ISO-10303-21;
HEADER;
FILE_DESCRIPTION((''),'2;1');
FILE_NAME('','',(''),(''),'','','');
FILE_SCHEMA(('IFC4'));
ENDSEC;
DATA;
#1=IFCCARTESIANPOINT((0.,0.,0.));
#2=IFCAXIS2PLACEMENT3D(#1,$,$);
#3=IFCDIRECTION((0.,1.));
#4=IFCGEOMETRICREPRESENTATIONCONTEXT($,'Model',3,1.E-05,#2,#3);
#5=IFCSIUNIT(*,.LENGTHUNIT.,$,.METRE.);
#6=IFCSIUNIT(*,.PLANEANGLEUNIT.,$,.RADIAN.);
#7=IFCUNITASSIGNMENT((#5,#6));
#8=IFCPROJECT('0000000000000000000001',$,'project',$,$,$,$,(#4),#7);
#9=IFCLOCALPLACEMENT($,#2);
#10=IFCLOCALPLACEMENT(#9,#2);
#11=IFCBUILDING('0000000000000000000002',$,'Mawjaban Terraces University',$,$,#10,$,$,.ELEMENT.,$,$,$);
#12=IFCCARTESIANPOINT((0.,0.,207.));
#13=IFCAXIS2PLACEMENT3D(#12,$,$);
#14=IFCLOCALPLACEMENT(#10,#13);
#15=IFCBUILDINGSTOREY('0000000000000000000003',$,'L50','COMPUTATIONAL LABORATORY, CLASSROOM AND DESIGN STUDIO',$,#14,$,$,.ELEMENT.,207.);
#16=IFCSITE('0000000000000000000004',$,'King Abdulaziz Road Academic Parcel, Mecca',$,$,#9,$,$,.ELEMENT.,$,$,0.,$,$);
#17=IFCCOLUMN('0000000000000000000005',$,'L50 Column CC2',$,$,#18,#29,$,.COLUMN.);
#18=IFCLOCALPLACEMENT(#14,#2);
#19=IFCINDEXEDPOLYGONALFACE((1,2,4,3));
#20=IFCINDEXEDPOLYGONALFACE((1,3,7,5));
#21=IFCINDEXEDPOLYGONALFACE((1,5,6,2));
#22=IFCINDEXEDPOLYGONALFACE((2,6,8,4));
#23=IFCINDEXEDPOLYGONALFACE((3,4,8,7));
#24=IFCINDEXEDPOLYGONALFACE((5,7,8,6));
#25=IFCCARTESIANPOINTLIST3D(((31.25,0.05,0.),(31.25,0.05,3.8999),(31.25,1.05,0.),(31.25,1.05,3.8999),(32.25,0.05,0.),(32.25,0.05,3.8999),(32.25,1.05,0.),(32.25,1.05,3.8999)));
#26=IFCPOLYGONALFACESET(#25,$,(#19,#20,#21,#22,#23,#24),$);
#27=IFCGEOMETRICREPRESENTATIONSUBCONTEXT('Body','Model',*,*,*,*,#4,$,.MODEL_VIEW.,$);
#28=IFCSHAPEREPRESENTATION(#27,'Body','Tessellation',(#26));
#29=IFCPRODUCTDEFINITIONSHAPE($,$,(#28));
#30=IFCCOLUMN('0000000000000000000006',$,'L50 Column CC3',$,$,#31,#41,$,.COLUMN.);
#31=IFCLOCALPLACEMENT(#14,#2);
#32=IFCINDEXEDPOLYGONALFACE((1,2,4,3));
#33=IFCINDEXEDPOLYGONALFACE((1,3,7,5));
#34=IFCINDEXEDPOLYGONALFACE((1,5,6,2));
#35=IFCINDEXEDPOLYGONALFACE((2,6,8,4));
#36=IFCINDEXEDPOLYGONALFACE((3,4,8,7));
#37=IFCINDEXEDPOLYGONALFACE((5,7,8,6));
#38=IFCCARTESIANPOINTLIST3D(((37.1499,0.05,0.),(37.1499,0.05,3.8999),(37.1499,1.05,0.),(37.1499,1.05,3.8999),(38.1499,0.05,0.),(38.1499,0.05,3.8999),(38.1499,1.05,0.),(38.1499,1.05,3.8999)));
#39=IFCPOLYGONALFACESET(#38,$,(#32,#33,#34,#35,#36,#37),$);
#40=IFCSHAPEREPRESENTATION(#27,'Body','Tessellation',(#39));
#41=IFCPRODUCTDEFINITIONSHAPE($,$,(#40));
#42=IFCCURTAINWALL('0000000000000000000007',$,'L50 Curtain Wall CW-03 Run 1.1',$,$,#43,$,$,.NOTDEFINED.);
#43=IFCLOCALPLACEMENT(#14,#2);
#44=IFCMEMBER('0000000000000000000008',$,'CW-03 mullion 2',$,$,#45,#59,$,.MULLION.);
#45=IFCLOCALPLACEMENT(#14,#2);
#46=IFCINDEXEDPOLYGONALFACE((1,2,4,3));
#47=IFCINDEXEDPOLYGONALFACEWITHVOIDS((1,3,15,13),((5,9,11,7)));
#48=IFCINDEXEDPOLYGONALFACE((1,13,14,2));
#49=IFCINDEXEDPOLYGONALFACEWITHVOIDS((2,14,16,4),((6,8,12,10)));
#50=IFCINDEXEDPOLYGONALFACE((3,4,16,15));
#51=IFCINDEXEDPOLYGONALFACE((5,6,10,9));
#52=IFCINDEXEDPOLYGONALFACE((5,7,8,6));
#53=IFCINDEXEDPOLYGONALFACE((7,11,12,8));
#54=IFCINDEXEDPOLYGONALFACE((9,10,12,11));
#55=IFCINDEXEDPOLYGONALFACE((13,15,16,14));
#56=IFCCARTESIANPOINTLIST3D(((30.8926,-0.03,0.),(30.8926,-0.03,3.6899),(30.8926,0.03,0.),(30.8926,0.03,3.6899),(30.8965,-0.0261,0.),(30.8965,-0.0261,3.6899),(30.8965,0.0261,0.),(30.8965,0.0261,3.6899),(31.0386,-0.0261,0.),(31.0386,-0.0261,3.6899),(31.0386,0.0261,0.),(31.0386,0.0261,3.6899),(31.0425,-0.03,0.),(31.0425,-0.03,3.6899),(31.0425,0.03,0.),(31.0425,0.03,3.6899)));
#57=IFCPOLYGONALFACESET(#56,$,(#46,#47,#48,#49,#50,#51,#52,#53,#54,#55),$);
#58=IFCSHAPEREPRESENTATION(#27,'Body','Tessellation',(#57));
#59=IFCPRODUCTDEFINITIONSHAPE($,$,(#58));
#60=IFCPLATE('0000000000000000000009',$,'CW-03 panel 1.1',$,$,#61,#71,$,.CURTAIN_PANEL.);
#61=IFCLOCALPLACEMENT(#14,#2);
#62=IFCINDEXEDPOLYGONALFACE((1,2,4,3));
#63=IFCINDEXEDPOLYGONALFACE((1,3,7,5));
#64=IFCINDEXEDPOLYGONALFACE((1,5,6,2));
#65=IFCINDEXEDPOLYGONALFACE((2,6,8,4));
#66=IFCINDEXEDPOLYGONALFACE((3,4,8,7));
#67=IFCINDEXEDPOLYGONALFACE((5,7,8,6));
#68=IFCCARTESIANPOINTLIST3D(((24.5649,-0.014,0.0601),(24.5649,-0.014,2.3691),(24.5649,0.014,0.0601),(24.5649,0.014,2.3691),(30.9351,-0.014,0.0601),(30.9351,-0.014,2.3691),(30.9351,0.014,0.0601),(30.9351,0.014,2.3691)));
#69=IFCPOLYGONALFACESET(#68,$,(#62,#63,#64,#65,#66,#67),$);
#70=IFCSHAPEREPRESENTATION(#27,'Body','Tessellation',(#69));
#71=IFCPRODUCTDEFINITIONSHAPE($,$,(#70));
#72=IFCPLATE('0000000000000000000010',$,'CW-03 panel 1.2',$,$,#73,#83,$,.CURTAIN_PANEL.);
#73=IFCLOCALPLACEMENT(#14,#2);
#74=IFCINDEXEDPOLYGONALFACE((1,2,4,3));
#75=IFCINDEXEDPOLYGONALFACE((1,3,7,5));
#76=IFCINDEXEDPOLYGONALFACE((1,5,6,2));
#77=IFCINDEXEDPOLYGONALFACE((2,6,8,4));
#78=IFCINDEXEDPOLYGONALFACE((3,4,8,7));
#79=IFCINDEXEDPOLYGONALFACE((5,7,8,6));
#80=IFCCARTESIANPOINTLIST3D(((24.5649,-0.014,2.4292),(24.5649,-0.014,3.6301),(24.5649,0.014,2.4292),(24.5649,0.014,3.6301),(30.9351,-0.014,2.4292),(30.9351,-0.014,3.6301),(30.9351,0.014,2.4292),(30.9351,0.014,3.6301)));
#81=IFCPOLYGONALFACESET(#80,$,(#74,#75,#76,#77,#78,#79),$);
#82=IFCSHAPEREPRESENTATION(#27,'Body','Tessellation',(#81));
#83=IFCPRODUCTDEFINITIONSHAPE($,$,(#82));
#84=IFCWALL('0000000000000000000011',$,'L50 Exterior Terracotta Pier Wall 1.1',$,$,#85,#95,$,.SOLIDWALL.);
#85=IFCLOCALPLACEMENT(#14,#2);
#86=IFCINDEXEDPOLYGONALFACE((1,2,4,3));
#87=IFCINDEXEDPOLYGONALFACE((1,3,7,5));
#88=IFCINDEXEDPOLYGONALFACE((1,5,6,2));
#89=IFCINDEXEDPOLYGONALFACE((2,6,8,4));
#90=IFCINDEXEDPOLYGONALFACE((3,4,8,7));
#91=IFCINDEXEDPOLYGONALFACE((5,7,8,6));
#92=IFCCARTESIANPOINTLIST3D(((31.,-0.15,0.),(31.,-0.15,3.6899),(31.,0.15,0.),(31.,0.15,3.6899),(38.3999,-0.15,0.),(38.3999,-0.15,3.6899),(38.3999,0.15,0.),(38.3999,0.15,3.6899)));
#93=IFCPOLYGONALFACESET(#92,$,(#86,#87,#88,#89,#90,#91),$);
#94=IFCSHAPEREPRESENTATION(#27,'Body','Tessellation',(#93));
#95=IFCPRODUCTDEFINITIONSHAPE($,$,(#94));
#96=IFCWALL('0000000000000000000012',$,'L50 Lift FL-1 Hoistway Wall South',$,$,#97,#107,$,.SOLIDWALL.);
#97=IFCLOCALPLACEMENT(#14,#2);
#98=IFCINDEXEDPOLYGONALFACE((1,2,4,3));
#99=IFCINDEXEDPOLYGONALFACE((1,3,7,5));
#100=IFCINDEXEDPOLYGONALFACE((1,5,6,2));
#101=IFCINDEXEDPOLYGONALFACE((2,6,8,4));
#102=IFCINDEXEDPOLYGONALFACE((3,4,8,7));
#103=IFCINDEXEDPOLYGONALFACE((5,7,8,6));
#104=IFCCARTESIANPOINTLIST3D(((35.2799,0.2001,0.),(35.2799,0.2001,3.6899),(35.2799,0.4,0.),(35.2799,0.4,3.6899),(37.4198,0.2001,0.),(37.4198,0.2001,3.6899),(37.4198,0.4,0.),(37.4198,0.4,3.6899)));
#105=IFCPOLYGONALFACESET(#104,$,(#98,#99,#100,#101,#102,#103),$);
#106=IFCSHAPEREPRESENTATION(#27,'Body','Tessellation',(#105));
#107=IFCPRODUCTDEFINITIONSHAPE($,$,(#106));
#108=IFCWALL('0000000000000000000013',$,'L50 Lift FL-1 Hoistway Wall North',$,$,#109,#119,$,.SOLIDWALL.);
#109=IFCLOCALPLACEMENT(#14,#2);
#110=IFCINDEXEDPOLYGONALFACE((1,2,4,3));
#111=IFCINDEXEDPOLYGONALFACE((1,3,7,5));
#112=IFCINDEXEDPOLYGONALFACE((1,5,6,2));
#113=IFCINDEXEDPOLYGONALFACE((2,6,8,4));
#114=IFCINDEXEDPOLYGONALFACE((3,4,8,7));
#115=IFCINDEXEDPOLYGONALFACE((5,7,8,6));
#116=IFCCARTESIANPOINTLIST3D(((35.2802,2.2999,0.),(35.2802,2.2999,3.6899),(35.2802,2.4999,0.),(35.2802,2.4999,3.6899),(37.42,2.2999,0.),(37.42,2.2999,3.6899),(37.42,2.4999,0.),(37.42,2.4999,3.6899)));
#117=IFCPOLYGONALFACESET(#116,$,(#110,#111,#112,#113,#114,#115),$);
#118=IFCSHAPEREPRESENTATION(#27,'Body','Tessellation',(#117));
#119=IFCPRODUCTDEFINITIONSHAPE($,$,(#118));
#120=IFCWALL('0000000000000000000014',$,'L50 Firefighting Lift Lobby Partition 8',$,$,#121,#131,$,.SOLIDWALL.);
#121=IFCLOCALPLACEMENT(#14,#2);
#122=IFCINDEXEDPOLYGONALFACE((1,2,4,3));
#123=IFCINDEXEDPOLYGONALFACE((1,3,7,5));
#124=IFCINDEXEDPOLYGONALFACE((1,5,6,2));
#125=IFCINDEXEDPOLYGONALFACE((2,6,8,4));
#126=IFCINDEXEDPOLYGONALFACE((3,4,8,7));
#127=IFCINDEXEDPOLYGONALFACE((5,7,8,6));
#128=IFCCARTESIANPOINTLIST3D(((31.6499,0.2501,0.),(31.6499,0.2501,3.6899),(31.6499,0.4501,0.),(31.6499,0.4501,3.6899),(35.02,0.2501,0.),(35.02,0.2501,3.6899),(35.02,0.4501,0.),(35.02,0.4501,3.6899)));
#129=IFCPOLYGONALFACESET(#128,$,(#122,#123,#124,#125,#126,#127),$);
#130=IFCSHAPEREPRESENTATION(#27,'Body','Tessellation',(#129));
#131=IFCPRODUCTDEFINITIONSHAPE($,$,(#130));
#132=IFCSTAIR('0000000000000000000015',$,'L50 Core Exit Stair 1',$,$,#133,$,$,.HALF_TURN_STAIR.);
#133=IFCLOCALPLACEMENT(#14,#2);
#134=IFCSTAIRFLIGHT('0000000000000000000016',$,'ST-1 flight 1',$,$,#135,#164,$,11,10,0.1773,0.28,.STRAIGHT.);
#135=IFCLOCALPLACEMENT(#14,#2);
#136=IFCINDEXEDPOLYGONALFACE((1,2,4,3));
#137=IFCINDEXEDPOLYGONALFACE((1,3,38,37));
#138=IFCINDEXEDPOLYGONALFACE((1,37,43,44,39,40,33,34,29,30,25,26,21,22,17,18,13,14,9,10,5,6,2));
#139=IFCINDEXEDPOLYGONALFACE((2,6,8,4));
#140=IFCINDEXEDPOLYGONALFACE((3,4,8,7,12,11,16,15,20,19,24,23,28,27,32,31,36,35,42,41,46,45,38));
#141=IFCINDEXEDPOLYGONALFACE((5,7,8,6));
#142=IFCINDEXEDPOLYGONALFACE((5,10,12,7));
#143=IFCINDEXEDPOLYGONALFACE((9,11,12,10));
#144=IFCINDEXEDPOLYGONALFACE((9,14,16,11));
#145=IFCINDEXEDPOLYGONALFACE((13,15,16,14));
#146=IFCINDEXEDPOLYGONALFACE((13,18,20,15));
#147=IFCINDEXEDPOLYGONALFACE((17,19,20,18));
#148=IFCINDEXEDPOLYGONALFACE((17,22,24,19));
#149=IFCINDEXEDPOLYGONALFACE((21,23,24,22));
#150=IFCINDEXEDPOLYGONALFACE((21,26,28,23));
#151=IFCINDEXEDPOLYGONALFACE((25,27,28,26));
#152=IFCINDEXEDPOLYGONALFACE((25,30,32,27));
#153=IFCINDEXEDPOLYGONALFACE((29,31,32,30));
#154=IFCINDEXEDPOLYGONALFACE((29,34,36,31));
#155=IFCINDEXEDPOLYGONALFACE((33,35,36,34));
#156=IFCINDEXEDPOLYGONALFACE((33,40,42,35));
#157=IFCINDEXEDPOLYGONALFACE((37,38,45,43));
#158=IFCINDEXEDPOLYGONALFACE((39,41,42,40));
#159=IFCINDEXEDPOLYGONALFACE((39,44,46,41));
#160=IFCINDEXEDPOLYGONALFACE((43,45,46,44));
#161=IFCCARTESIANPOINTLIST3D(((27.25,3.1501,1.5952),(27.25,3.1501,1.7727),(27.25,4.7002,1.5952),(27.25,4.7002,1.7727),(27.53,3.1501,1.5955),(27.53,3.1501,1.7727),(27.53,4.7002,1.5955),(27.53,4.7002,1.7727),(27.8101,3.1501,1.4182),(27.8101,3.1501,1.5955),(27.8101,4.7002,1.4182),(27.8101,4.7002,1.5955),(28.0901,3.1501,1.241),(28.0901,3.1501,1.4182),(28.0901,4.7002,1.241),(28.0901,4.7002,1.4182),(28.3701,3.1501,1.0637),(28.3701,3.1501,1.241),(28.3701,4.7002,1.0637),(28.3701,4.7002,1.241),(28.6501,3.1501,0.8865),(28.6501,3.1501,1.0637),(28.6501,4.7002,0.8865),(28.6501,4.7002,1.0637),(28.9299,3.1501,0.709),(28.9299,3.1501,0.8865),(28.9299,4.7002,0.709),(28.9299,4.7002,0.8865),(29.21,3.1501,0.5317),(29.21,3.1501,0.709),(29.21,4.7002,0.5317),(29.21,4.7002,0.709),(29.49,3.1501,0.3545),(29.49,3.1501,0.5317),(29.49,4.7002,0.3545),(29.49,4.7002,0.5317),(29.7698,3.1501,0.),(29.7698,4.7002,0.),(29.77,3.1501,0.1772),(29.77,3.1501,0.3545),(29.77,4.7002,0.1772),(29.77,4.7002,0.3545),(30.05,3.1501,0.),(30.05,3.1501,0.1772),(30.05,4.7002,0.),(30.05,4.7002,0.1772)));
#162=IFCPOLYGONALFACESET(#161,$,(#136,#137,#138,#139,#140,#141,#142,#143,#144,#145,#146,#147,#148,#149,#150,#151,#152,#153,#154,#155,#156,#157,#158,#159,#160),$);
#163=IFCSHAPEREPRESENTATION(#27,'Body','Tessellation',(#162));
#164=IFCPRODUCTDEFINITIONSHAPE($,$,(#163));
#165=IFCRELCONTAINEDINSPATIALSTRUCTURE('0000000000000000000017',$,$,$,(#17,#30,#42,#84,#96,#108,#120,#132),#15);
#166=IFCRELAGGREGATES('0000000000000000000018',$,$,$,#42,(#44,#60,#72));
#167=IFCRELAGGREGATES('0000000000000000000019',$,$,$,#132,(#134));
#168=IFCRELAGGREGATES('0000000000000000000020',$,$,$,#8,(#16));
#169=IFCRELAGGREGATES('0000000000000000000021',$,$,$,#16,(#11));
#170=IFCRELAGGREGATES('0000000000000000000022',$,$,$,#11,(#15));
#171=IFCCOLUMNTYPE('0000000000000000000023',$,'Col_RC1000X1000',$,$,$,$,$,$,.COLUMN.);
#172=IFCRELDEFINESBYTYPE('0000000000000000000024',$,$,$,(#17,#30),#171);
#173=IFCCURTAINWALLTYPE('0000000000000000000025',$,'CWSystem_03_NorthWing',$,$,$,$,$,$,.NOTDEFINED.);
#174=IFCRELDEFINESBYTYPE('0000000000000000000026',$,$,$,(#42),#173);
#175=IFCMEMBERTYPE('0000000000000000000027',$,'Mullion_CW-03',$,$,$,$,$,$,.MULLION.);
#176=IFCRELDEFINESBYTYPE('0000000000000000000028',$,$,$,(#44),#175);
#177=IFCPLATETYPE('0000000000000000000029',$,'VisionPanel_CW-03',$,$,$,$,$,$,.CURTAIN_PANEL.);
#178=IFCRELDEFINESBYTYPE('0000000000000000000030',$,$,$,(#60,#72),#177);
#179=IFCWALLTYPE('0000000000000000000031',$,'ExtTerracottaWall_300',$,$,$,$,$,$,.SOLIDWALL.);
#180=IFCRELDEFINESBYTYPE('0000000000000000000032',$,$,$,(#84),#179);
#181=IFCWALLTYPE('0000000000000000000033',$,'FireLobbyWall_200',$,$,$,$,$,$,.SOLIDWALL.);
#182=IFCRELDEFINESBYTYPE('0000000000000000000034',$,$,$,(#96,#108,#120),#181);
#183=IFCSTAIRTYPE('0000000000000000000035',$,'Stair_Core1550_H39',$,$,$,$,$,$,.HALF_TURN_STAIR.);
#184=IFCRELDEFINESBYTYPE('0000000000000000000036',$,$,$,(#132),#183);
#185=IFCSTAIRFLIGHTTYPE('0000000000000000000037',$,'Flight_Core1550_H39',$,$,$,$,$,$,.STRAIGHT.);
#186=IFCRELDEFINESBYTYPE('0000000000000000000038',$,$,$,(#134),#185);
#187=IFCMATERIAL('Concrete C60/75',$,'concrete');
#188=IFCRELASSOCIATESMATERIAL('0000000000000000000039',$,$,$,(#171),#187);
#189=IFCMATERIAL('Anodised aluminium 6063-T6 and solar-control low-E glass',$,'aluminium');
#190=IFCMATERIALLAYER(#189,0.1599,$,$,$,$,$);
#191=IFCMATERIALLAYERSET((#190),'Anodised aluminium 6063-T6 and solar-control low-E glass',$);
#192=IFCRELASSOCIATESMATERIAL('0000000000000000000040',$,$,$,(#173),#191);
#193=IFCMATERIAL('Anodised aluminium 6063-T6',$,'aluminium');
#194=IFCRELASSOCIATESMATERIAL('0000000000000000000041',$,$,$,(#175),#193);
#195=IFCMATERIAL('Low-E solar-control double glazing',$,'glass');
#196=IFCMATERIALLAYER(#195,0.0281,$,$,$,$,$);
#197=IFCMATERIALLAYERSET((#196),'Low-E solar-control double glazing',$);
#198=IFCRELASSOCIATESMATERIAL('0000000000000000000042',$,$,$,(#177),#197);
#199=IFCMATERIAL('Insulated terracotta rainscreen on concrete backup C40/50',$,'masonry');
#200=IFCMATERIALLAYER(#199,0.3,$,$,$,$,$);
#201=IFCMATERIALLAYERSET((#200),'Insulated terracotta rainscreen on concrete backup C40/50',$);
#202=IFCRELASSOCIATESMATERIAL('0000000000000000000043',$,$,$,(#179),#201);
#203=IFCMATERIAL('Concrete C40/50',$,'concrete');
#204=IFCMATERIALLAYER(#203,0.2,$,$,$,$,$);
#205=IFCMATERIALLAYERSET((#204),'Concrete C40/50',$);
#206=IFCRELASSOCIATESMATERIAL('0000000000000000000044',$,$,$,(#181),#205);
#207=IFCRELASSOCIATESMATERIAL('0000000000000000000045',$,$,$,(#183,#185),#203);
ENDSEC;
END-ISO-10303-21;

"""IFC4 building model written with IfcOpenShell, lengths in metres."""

from ifc_helpers import new_model, si_unit, direction, frame, frame_2d, origin, origin_2d, place, context, subcontext, project, spatial, polyline, rectangle, hollow_rectangle, outline, extrude, material, layer, layer_set, material_profile, profile_set, type_object, element, aggregate, save


model = new_model("IFC4")

# Units and contexts
model_context = context("Model", 3, precision=1e-05, world=origin(), true_north=direction((0.0, 1.0)))
body_context = subcontext(model_context, "Body", "Model", "MODEL_VIEW")
ifc_project = project(units=[si_unit("LENGTHUNIT", "METRE"), si_unit("PLANEANGLEUNIT", "RADIAN")], contexts=[model_context])

# Site, building, storey
site_placement = place(None, origin())
site = spatial("IfcSite", under=ifc_project, at=site_placement, Name="King Abdulaziz Road Academic Parcel, Mecca", CompositionType="ELEMENT", RefElevation=0.0)
building_placement = place(site_placement, origin())
building = spatial("IfcBuilding", under=site, at=building_placement, Name="Mawjaban Terraces University", CompositionType="ELEMENT")
storey_placement = place(building_placement, frame((0.0, 0.0, 207.0)))
storey = spatial("IfcBuildingStorey", under=building, at=storey_placement, Name="L50", Description="COMPUTATIONAL LABORATORY, CLASSROOM AND DESIGN STUDIO", CompositionType="ELEMENT", Elevation=207.0)

# Columns
ifc_material_1 = material(Name="Concrete C60/75", Category="concrete")
ifc_material_profile_1 = material_profile(ifc_material_1, rectangle(XDim=1.0, YDim=1.0, at=origin_2d()), Name="RC1000X1000")
ifc_profile_set_1 = profile_set([ifc_material_profile_1], Name="Concrete C60/75")
column_type = type_object("IfcColumnType", Name="Col_RC1000X1000", PredefinedType="COLUMN", material=ifc_profile_set_1)
for number, where, z_axis, x_axis, name in (
    (1, (31.75, 0.55, 0.0), (0.0, 0.0, 1.0), (1.0, 0.0, 0.0), "L50 Column CC2"),
    (2, (37.6499, 0.55, 0.0), (0.0, 0.0, 1.0), (1.0, 0.0, 0.0), "L50 Column CC3"),
):
    element("IfcColumn", number, at=place(storey_placement, frame(where, z_axis=z_axis, x_axis=x_axis)), inside=storey, type_object=column_type, Name=name, PredefinedType="COLUMN", context=body_context, shape_type="SweptSolid", body=[
        extrude(rectangle(XDim=1.0, YDim=1.0, at=origin_2d()), origin(), (0.0, 0.0, 1.0), 3.8999),
    ])

# Curtain wall, member, plates
ifc_material_2 = material(Name="Anodised aluminium 6063-T6 and solar-control low-E glass", Category="aluminium")
ifc_layer_1 = layer(ifc_material_2, 0.1599)
ifc_layer_set_1 = layer_set([ifc_layer_1], Name="Anodised aluminium 6063-T6 and solar-control low-E glass")
curtain_wall_type = type_object("IfcCurtainWallType", Name="CWSystem_03_NorthWing", PredefinedType="NOTDEFINED", material=ifc_layer_set_1)
curtain_wall_placement = place(storey_placement, origin())
curtain_wall = element("IfcCurtainWall", 3, at=curtain_wall_placement, inside=storey, type_object=curtain_wall_type, Name="L50 Curtain Wall CW-03 Run 1.1", PredefinedType="NOTDEFINED")
ifc_material_3 = material(Name="Anodised aluminium 6063-T6", Category="aluminium")
ifc_material_profile_2 = material_profile(ifc_material_3, hollow_rectangle(XDim=0.0601, YDim=0.1499, WallThickness=0.0039, at=origin_2d()), Name="ALU150X60X4")
ifc_profile_set_2 = profile_set([ifc_material_profile_2], Name="Anodised aluminium 6063-T6")
member_type = type_object("IfcMemberType", Name="Mullion_CW-03", PredefinedType="MULLION", material=ifc_profile_set_2)
member_placement = place(storey_placement, frame((30.9675, 0.0, 0.0), z_axis=(0.0, 0.0, 1.0), x_axis=(0.0, 1.0, 0.0)))
member = element("IfcMember", 4, at=member_placement, type_object=member_type, Name="CW-03 mullion 2", PredefinedType="MULLION", context=body_context, shape_type="SweptSolid", body=[
    extrude(hollow_rectangle(XDim=0.0601, YDim=0.1499, WallThickness=0.0039, at=origin_2d()), origin(), (0.0, 0.0, 1.0), 3.6899),
])
ifc_material_4 = material(Name="Low-E solar-control double glazing", Category="glass")
ifc_layer_2 = layer(ifc_material_4, 0.0281)
ifc_layer_set_2 = layer_set([ifc_layer_2], Name="Low-E solar-control double glazing")
plate_type = type_object("IfcPlateType", Name="VisionPanel_CW-03", PredefinedType="CURTAIN_PANEL", material=ifc_layer_set_2)
plate_1_placement = place(storey_placement, frame((27.75, 0.0, 0.0601), z_axis=(0.0, 0.0, 1.0), x_axis=(1.0, 0.0, 0.0)))
plate_1 = element("IfcPlate", 5, at=plate_1_placement, type_object=plate_type, Name="CW-03 panel 1.1", PredefinedType="CURTAIN_PANEL", context=body_context, shape_type="SweptSolid", body=[
    extrude(rectangle(XDim=6.3701, YDim=0.0281, at=origin_2d()), origin(), (0.0, 0.0, 1.0), 2.3091),
])
plate_2_placement = place(storey_placement, frame((27.75, 0.0, 2.4292), z_axis=(0.0, 0.0, 1.0), x_axis=(1.0, 0.0, 0.0)))
plate_2 = element("IfcPlate", 6, at=plate_2_placement, type_object=plate_type, Name="CW-03 panel 1.2", PredefinedType="CURTAIN_PANEL", context=body_context, shape_type="SweptSolid", body=[
    extrude(rectangle(XDim=6.3701, YDim=0.0281, at=origin_2d()), origin(), (0.0, 0.0, 1.0), 1.2009),
])
aggregate(curtain_wall, [member, plate_1, plate_2])

# Wall
ifc_material_5 = material(Name="Insulated terracotta rainscreen on concrete backup C40/50", Category="masonry")
ifc_layer_3 = layer(ifc_material_5, 0.3)
ifc_layer_set_3 = layer_set([ifc_layer_3], Name="Insulated terracotta rainscreen on concrete backup C40/50")
wall_type_1 = type_object("IfcWallType", Name="ExtTerracottaWall_300", PredefinedType="SOLIDWALL", material=ifc_layer_set_3)
wall_1_placement = place(storey_placement, frame((31.0, 0.0, 0.0), z_axis=(0.0, 0.0, 1.0), x_axis=(1.0, 0.0, 0.0)))
element("IfcWall", 7, at=wall_1_placement, inside=storey, type_object=wall_type_1, Name="L50 Exterior Terracotta Pier Wall 1.1", PredefinedType="SOLIDWALL", context=body_context, shape_type="SweptSolid", body=[
    extrude(rectangle(XDim=7.3999, YDim=0.3, at=frame_2d((3.7, 0.0))), origin(), (0.0, 0.0, 1.0), 3.6899),
])

# Shared definitions
ifc_material_6 = material(Name="Concrete C40/50", Category="concrete")
ifc_layer_4 = layer(ifc_material_6, 0.2)
ifc_layer_set_4 = layer_set([ifc_layer_4], Name="Concrete C40/50")
wall_type_2 = type_object("IfcWallType", Name="FireLobbyWall_200", PredefinedType="SOLIDWALL", material=ifc_layer_set_4)

# Walls
for number, where, z_axis, x_axis, name in (
    (8, (35.28, 0.3, 0.0), (0.0, 0.0, 1.0), (1.0, 0.0, 0.0), "L50 Lift FL-1 Hoistway Wall South"),
    (9, (37.4199, 2.3999, 0.0), (0.0, 0.0, 1.0), (-1.0, 0.0, 0.0), "L50 Lift FL-1 Hoistway Wall North"),
):
    element("IfcWall", number, at=place(storey_placement, frame(where, z_axis=z_axis, x_axis=x_axis)), inside=storey, type_object=wall_type_2, Name=name, PredefinedType="SOLIDWALL", context=body_context, shape_type="SweptSolid", body=[
        extrude(rectangle(XDim=2.1399, YDim=0.2, at=frame_2d((1.0698, 0.0))), origin(), (0.0, 0.0, 1.0), 3.6899),
    ])

# Wall
wall_2_placement = place(storey_placement, frame((31.6499, 0.3501, 0.0), z_axis=(0.0, 0.0, 1.0), x_axis=(1.0, 0.0, 0.0)))
element("IfcWall", 10, at=wall_2_placement, inside=storey, type_object=wall_type_2, Name="L50 Firefighting Lift Lobby Partition 8", PredefinedType="SOLIDWALL", context=body_context, shape_type="SweptSolid", body=[
    extrude(rectangle(XDim=3.3701, YDim=0.2, at=frame_2d((1.6851, 0.0))), origin(), (0.0, 0.0, 1.0), 3.6899),
])

# Stair, stair flight
stair_type = type_object("IfcStairType", Name="Stair_Core1550_H39", PredefinedType="HALF_TURN_STAIR", material=ifc_material_6)
stair_placement = place(storey_placement, origin())
stair = element("IfcStair", 11, at=stair_placement, inside=storey, type_object=stair_type, Name="L50 Core Exit Stair 1", PredefinedType="HALF_TURN_STAIR")
stair_flight_type = type_object("IfcStairFlightType", Name="Flight_Core1550_H39", PredefinedType="STRAIGHT", material=ifc_material_6)
stair_flight_1_placement = place(storey_placement, frame((30.05, 3.925, 0.0), z_axis=(0.0, 0.0, 1.0), x_axis=(-1.0, 0.0, 0.0)))
stair_flight_1 = element("IfcStairFlight", 12, at=stair_flight_1_placement, type_object=stair_flight_type, Name="ST-1 flight 1", NumberOfRisers=11, NumberOfTreads=10, PredefinedType="STRAIGHT", RiserHeight=0.1773, TreadLength=0.28, context=body_context, shape_type="SweptSolid", body=[
    extrude(outline(polyline([(0.0, 0.0), (0.0, 0.1772), (0.28, 0.1772), (0.28, 0.3545), (0.5601, 0.3545), (0.5601, 0.5317), (0.8401, 0.5317), (0.8401, 0.709), (1.1201, 0.709), (1.1201, 0.8865), (1.3999, 0.8865), (1.3999, 1.0637), (1.6799, 1.0637), (1.6799, 1.241), (1.96, 1.241), (1.96, 1.4182), (2.24, 1.4182), (2.24, 1.5955), (2.52, 1.5955), (2.52, 1.7727), (2.8, 1.7727), (2.8, 1.95), (2.8, 1.5952), (0.2803, 0.0), (0.0, 0.0)])), frame((0.0, 0.7749, 0.0), z_axis=(0.0, -1.0, 0.0), x_axis=(1.0, 0.0, 0.0)), (0.0, 0.0, 1.0), 1.55),
])
aggregate(stair, [stair_flight_1])

save(model, "model.ifc")
